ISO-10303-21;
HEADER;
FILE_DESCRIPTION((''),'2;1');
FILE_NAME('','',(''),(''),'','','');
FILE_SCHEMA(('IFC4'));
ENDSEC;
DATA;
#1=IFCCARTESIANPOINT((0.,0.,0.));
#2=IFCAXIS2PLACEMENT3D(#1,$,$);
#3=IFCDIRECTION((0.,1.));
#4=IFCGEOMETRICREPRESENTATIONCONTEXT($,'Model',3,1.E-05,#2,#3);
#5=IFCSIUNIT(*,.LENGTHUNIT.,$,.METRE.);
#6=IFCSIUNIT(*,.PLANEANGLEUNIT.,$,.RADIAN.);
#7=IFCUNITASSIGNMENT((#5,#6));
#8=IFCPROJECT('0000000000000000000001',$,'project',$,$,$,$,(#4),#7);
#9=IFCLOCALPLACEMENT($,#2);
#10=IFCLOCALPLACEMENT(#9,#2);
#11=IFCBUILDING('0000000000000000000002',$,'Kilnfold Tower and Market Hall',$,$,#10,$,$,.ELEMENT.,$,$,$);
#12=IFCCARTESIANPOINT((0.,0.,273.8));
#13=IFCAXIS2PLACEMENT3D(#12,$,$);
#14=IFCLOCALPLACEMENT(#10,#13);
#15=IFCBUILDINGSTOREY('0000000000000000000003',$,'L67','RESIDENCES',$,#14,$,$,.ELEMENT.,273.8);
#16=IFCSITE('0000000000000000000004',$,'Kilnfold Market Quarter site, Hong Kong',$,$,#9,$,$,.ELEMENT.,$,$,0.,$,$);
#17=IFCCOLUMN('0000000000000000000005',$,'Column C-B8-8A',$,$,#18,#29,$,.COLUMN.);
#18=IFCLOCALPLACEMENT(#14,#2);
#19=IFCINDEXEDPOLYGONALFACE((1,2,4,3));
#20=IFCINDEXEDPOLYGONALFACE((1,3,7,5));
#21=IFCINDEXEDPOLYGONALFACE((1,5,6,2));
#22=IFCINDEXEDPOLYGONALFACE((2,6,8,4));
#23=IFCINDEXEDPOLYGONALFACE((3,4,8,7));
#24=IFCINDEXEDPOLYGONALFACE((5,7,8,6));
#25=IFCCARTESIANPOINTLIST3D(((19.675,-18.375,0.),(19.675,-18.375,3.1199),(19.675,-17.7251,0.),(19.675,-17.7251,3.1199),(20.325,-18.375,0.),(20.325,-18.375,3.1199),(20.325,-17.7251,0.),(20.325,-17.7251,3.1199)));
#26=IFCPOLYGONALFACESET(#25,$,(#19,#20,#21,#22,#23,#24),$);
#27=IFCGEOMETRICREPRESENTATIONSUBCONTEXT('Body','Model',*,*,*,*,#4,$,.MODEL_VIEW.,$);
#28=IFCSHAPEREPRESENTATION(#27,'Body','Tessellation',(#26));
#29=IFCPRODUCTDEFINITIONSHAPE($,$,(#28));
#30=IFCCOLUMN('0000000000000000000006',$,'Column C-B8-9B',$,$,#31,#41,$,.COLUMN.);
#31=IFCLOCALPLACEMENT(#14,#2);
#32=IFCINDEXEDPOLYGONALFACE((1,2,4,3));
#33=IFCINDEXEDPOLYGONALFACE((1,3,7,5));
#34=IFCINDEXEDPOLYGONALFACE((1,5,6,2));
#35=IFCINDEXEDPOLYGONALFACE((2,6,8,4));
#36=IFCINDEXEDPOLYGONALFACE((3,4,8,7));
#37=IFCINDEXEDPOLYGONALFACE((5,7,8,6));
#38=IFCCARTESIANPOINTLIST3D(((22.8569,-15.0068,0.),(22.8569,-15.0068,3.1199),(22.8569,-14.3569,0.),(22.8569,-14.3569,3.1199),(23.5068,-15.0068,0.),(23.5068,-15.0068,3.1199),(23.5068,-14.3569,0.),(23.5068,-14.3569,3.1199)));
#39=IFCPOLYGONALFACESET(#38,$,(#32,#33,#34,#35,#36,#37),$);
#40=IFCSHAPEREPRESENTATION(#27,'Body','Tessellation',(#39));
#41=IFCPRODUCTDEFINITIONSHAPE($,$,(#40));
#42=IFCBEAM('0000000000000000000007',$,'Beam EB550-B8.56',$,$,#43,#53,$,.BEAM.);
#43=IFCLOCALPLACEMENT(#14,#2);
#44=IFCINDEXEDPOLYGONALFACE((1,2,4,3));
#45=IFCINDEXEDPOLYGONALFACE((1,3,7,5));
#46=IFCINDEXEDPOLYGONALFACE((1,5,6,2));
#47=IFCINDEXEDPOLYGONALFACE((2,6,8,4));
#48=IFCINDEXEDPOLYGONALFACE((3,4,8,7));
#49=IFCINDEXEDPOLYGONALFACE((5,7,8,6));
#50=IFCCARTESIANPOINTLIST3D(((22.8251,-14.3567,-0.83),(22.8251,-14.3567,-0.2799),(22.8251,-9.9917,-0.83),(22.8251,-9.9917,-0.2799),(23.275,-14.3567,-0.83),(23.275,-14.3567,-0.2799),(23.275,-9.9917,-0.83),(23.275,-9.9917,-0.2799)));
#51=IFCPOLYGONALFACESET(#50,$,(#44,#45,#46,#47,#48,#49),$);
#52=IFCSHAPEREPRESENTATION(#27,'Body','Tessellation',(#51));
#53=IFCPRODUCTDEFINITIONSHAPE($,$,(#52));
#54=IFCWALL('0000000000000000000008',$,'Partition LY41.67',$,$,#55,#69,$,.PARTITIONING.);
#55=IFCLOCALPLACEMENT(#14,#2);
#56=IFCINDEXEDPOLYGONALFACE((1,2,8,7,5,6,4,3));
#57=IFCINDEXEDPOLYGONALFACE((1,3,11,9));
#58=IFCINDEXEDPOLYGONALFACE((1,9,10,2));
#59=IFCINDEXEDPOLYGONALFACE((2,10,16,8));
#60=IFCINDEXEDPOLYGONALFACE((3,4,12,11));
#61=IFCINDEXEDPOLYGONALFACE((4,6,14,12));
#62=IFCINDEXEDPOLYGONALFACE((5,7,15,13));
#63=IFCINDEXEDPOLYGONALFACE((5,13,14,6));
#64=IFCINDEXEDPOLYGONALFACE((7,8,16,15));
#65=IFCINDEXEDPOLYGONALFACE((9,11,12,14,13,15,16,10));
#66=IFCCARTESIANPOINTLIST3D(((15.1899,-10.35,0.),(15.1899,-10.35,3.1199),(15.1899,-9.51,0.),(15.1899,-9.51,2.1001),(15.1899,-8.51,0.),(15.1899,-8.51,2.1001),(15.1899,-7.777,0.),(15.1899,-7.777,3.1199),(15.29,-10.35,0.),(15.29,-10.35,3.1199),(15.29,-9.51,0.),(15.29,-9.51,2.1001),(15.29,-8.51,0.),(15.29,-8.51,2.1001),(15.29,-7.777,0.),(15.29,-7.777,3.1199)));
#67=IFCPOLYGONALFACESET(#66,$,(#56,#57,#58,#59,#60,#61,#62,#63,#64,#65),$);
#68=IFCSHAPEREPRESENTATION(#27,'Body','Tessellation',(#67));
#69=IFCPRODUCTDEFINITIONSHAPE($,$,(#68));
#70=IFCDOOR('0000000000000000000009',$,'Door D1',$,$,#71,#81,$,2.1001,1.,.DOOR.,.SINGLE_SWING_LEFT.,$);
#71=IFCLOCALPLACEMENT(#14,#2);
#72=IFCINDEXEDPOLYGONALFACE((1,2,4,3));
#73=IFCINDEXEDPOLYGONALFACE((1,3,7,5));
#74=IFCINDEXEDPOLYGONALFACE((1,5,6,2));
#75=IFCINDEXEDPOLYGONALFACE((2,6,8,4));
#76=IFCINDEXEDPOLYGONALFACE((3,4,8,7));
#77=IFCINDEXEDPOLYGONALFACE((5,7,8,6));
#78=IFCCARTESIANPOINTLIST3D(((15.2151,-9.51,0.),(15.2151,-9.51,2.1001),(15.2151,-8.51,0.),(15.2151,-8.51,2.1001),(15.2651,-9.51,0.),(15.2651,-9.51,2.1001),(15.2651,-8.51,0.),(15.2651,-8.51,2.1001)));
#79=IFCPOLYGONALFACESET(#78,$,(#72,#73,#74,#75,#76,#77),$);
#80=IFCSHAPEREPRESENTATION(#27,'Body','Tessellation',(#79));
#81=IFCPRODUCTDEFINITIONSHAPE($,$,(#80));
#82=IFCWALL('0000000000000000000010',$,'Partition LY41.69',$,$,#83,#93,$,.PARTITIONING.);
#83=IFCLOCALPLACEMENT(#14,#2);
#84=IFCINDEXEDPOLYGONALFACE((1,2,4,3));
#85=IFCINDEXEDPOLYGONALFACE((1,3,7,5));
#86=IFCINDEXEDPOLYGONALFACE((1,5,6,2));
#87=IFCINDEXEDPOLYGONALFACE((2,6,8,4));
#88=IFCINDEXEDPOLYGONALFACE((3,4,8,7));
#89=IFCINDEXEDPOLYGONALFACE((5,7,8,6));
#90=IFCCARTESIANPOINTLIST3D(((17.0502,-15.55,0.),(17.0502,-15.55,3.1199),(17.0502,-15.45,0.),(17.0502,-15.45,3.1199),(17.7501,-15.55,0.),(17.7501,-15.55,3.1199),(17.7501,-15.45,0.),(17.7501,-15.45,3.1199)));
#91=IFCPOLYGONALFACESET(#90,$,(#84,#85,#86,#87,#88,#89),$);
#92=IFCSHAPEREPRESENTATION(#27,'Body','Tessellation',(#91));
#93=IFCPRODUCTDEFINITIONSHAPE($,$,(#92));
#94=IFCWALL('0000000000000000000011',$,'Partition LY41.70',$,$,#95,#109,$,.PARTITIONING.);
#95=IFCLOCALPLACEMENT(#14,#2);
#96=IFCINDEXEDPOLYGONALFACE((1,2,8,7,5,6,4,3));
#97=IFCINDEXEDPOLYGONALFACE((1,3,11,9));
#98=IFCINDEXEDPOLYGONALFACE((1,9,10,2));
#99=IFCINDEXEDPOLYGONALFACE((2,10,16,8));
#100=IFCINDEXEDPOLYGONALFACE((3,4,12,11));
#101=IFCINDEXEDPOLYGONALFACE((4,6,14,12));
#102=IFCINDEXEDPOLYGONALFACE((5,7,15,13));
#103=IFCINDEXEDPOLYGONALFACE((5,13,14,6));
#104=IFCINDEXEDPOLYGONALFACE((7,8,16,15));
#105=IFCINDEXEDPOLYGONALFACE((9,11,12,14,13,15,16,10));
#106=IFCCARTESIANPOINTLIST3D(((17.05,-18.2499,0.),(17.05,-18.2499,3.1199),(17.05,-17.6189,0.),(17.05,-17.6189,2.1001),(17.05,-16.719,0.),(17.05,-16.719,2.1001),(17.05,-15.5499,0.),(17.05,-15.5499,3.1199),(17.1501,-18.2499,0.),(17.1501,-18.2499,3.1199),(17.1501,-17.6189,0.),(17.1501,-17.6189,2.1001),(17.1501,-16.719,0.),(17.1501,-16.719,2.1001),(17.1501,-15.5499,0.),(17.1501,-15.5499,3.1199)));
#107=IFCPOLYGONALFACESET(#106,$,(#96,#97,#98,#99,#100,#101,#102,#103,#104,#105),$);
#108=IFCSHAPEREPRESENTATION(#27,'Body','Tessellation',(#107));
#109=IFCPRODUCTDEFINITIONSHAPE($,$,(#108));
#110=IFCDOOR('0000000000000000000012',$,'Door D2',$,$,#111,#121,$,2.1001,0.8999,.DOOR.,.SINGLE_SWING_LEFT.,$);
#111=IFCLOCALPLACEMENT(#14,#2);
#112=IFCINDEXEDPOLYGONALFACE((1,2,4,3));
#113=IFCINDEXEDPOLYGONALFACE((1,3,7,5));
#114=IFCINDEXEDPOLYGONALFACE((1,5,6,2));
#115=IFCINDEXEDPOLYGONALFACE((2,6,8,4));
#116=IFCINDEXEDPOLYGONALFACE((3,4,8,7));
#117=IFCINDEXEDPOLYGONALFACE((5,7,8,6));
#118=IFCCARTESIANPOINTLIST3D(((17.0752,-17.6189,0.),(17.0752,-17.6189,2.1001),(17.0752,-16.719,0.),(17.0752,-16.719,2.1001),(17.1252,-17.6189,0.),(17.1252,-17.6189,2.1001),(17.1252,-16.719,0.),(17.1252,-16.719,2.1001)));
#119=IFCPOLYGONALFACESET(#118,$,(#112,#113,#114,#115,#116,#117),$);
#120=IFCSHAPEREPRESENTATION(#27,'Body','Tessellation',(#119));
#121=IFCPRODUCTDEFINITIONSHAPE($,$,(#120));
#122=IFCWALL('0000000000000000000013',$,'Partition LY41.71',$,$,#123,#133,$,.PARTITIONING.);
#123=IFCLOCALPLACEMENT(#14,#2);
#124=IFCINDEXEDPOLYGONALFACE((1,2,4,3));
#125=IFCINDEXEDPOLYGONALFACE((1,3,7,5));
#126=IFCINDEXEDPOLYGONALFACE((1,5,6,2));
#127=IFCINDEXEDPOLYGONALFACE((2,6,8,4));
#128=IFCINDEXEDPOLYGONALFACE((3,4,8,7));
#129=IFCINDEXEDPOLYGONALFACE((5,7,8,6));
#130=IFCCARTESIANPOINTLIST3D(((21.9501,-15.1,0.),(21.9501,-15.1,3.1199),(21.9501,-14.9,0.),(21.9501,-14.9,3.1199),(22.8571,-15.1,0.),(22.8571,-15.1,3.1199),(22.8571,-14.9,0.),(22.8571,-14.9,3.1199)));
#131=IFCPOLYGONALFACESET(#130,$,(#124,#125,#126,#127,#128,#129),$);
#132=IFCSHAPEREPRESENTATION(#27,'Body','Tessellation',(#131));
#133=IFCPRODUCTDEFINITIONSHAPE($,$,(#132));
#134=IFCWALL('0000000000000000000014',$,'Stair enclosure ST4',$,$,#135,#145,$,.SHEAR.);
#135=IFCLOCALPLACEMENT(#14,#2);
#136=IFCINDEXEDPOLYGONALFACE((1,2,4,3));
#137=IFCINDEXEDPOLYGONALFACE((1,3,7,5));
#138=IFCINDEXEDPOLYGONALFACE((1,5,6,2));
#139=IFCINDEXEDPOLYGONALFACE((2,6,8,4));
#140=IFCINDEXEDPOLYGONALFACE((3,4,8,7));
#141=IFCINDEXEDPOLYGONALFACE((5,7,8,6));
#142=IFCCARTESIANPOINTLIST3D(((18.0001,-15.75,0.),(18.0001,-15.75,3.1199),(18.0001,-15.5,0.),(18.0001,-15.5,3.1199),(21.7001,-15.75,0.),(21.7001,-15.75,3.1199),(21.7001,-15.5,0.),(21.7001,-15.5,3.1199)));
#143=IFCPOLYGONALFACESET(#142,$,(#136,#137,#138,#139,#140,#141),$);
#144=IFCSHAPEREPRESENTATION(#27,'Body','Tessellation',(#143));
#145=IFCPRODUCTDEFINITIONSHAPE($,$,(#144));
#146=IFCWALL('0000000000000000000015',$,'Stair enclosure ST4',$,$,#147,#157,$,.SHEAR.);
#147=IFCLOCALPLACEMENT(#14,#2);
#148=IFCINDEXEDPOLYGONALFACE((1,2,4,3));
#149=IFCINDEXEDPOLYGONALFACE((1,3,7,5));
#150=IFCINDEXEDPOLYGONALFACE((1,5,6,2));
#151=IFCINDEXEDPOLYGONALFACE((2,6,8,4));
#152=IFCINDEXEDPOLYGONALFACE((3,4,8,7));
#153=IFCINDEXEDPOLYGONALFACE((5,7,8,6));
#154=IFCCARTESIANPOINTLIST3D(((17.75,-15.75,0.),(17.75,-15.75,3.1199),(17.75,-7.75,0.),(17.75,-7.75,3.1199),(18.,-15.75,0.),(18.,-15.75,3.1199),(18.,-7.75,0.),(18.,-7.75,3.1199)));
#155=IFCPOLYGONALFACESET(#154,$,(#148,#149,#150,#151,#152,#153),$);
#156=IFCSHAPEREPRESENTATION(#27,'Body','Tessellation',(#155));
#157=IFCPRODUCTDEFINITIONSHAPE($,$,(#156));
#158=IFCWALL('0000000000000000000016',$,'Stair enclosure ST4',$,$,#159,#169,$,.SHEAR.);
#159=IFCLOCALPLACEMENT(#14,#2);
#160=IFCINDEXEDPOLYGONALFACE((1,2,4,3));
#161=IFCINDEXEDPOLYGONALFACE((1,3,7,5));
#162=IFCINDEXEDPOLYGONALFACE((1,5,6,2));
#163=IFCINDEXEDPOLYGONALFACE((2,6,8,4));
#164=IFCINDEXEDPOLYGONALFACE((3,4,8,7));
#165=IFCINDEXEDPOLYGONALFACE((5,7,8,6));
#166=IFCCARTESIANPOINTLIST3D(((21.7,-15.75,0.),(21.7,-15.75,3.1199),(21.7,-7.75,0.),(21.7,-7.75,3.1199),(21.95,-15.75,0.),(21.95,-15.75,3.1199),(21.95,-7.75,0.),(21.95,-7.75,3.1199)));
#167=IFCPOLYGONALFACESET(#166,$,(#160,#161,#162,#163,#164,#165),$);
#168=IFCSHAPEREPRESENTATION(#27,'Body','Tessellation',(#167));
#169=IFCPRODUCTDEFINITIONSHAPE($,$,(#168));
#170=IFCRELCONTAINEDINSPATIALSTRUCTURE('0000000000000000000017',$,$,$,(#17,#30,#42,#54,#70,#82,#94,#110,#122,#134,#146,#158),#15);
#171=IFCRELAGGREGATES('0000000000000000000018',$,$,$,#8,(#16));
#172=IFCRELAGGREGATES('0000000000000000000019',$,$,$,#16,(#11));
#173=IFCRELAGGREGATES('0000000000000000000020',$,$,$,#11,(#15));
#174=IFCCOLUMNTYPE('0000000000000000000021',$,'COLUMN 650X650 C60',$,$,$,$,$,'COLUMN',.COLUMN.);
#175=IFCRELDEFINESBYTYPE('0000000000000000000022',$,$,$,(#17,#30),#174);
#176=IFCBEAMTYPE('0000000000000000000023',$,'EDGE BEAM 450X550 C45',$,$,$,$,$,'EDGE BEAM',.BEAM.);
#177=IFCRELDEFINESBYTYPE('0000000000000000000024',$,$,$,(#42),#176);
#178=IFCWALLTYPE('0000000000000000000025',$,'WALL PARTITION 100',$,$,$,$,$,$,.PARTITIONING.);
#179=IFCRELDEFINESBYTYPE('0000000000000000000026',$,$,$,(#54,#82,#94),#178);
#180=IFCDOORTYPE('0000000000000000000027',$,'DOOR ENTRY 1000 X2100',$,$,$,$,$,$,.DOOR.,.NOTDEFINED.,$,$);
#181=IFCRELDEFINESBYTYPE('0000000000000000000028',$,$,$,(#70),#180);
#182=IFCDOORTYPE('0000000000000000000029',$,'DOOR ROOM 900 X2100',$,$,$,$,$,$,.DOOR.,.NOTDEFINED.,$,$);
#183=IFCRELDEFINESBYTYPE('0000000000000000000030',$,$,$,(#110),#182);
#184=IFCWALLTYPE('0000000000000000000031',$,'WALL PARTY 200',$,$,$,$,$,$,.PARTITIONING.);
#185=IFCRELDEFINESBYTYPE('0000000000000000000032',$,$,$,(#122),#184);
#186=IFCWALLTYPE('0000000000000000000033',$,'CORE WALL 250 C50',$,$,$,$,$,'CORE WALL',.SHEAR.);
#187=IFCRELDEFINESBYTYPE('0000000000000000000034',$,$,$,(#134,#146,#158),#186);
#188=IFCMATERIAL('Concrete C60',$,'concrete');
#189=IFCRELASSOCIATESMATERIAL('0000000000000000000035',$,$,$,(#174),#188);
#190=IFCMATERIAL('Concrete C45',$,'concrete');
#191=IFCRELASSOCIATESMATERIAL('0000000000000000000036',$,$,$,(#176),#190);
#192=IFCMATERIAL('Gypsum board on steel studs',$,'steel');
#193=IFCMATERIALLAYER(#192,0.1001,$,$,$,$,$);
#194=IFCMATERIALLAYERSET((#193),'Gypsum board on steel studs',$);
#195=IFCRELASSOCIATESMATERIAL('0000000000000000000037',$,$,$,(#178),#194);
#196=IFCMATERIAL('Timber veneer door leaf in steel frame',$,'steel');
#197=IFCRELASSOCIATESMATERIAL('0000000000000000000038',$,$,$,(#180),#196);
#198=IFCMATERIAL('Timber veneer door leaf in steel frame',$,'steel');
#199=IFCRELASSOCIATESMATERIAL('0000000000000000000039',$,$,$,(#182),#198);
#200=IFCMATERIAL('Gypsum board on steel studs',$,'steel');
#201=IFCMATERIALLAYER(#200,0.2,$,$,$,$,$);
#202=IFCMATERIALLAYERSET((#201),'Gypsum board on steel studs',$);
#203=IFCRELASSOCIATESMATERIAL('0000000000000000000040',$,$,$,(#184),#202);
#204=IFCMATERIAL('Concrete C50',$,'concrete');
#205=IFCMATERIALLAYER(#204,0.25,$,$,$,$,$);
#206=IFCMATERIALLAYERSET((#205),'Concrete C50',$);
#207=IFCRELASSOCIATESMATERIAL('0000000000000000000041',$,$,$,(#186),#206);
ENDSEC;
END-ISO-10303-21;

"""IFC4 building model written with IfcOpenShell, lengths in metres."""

from ifc_helpers import new_model, si_unit, direction, frame, frame_2d, origin, origin_2d, place, context, subcontext, project, spatial, rectangle, extrude, source, transform, mapped, material, layer, layer_set, material_profile, profile_set, type_object, element, fill, save


model = new_model("IFC4")

# Units and contexts
model_context = context("Model", 3, precision=1e-05, world=origin(), true_north=direction((0.0, 1.0)))
body_context = subcontext(model_context, "Body", "Model", "MODEL_VIEW")
ifc_project = project(units=[si_unit("LENGTHUNIT", "METRE"), si_unit("PLANEANGLEUNIT", "RADIAN")], contexts=[model_context])

# Site, building, storey
site_placement = place(None, origin())
site = spatial("IfcSite", under=ifc_project, at=site_placement, Name="Kilnfold Market Quarter site, Hong Kong", CompositionType="ELEMENT", RefElevation=0.0)
building_placement = place(site_placement, origin())
building = spatial("IfcBuilding", under=site, at=building_placement, Name="Kilnfold Tower and Market Hall", CompositionType="ELEMENT")
storey_placement = place(building_placement, frame((0.0, 0.0, 273.8)))
storey = spatial("IfcBuildingStorey", under=building, at=storey_placement, Name="L67", Description="RESIDENCES", CompositionType="ELEMENT", Elevation=273.8)

# Columns
ifc_material_1 = material(Name="Concrete C60", Category="concrete")
ifc_material_profile_1 = material_profile(ifc_material_1, rectangle(XDim=0.6499, YDim=0.6499, at=origin_2d()), Name="RC 650x650")
ifc_profile_set_1 = profile_set([ifc_material_profile_1], Name="Concrete C60")
column_type = type_object("IfcColumnType", Name="COLUMN 650X650 C60", ElementType="COLUMN", PredefinedType="COLUMN", material=ifc_profile_set_1)
shared_shape_1 = source(origin(), body_context, "Body", "SweptSolid", [
    extrude(rectangle(XDim=0.6499, YDim=0.6499, at=origin_2d()), origin(), (0.0, 0.0, 1.0), 3.1199),
])
for number, where, z_axis, x_axis, name in (
    (1, (20.0, -18.05, 0.0), (0.0, 0.0, 1.0), (1.0, 0.0, 0.0), "Column C-B8-8A"),
    (2, (23.1819, -14.6819, 0.0), (0.0, 0.0, 1.0), (1.0, 0.0, 0.0), "Column C-B8-9B"),
):
    element("IfcColumn", number, at=place(storey_placement, frame(where, z_axis=z_axis, x_axis=x_axis)), inside=storey, type_object=column_type, Name=name, PredefinedType="COLUMN", context=body_context, shape_type="MappedRepresentation", body=[
        mapped(shared_shape_1, transform((0.0, 0.0, 0.0))),
    ])

# Beam
ifc_material_2 = material(Name="Concrete C45", Category="concrete")
ifc_material_profile_2 = material_profile(ifc_material_2, rectangle(XDim=0.45, YDim=0.55, at=origin_2d()), Name="RC 450x550")
ifc_profile_set_2 = profile_set([ifc_material_profile_2], Name="Concrete C45")
beam_type = type_object("IfcBeamType", Name="EDGE BEAM 450X550 C45", ElementType="EDGE BEAM", PredefinedType="BEAM", material=ifc_profile_set_2)
shared_shape_2 = source(origin(), body_context, "Body", "SweptSolid", [
    extrude(rectangle(XDim=0.45, YDim=0.55, at=origin_2d()), origin(), (0.0, 0.0, 1.0), 4.365),
])
beam_placement = place(storey_placement, frame((23.05, -14.3567, -0.5549), z_axis=(0.0, 1.0, 0.0), x_axis=(-1.0, 0.0, 0.0)))
element("IfcBeam", 3, at=beam_placement, inside=storey, type_object=beam_type, Name="Beam EB550-B8.56", PredefinedType="BEAM", context=body_context, shape_type="MappedRepresentation", body=[
    mapped(shared_shape_2, transform((0.0, 0.0, 0.0))),
])

# Wall, opening, door
ifc_material_3 = material(Name="Gypsum board on steel studs", Category="steel")
ifc_layer_1 = layer(ifc_material_3, 0.1001)
ifc_layer_set_1 = layer_set([ifc_layer_1], Name="Gypsum board on steel studs")
wall_type_1 = type_object("IfcWallType", Name="WALL PARTITION 100", PredefinedType="PARTITIONING", material=ifc_layer_set_1)
wall_1_placement = place(storey_placement, frame((15.24, -10.3501, 0.0), z_axis=(0.0, 0.0, 1.0), x_axis=(0.0, 1.0, 0.0)))
wall_1 = element("IfcWall", 4, at=wall_1_placement, inside=storey, type_object=wall_type_1, Name="Partition LY41.67", PredefinedType="PARTITIONING", context=body_context, shape_type="SweptSolid", body=[
    extrude(rectangle(XDim=2.573, YDim=0.1001, at=frame_2d((1.2866, 0.0))), origin(), (0.0, 0.0, 1.0), 3.1199),
])
opening_1_placement = place(wall_1_placement, frame((0.8401, 0.0, 0.0)))
opening_1 = element("IfcOpeningElement", 5, at=opening_1_placement, cuts=wall_1, PredefinedType="OPENING", context=body_context, shape_type="SweptSolid", body=[
    extrude(rectangle(XDim=1.0, YDim=2.1001, at=frame_2d((0.5, 1.05))), frame((0.0, 0.0601, 0.0), z_axis=(0.0, -1.0, 0.0), x_axis=(1.0, 0.0, 0.0)), (0.0, 0.0, 1.0), 0.1201),
])
ifc_material_4 = material(Name="Timber veneer door leaf in steel frame", Category="steel")
door_type_1 = type_object("IfcDoorType", Name="DOOR ENTRY 1000 X2100", OperationType="NOTDEFINED", PredefinedType="DOOR", material=ifc_material_4)
door_1_placement = place(opening_1_placement, origin())
door_1 = element("IfcDoor", 6, at=door_1_placement, inside=storey, type_object=door_type_1, Name="Door D1", OperationType="SINGLE_SWING_LEFT", OverallHeight=2.1001, OverallWidth=1.0, PredefinedType="DOOR", context=body_context, shape_type="SweptSolid", body=[
    extrude(rectangle(XDim=1.0, YDim=2.1001, at=frame_2d((0.5, 1.05))), frame((0.0, 0.0249, 0.0), z_axis=(0.0, -1.0, 0.0), x_axis=(1.0, 0.0, 0.0)), (0.0, 0.0, 1.0), 0.05),
])
fill(opening_1, door_1)

# Wall
wall_2_placement = place(storey_placement, frame((17.05, -15.5, 0.0), z_axis=(0.0, 0.0, 1.0), x_axis=(1.0, 0.0, 0.0)))
element("IfcWall", 7, at=wall_2_placement, inside=storey, type_object=wall_type_1, Name="Partition LY41.69", PredefinedType="PARTITIONING", context=body_context, shape_type="SweptSolid", body=[
    extrude(rectangle(XDim=0.7, YDim=0.1001, at=frame_2d((0.3501, 0.0))), origin(), (0.0, 0.0, 1.0), 3.1199),
])

# Wall, opening, door
wall_3_placement = place(storey_placement, frame((17.1001, -18.25, 0.0), z_axis=(0.0, 0.0, 1.0), x_axis=(0.0, 1.0, 0.0)))
wall_3 = element("IfcWall", 8, at=wall_3_placement, inside=storey, type_object=wall_type_1, Name="Partition LY41.70", PredefinedType="PARTITIONING", context=body_context, shape_type="SweptSolid", body=[
    extrude(rectangle(XDim=2.7, YDim=0.1001, at=frame_2d((1.3501, 0.0))), origin(), (0.0, 0.0, 1.0), 3.1199),
])
opening_2_placement = place(wall_3_placement, frame((0.6311, 0.0, 0.0)))
opening_2 = element("IfcOpeningElement", 9, at=opening_2_placement, cuts=wall_3, PredefinedType="OPENING", context=body_context, shape_type="SweptSolid", body=[
    extrude(rectangle(XDim=0.8999, YDim=2.1001, at=frame_2d((0.45, 1.05))), frame((0.0, 0.0601, 0.0), z_axis=(0.0, -1.0, 0.0), x_axis=(1.0, 0.0, 0.0)), (0.0, 0.0, 1.0), 0.1201),
])
ifc_material_5 = material(Name="Timber veneer door leaf in steel frame", Category="steel")
door_type_2 = type_object("IfcDoorType", Name="DOOR ROOM 900 X2100", OperationType="NOTDEFINED", PredefinedType="DOOR", material=ifc_material_5)
door_2_placement = place(opening_2_placement, origin())
door_2 = element("IfcDoor", 10, at=door_2_placement, inside=storey, type_object=door_type_2, Name="Door D2", OperationType="SINGLE_SWING_LEFT", OverallHeight=2.1001, OverallWidth=0.8999, PredefinedType="DOOR", context=body_context, shape_type="SweptSolid", body=[
    extrude(rectangle(XDim=0.8999, YDim=2.1001, at=frame_2d((0.45, 1.05))), frame((0.0, 0.0249, 0.0), z_axis=(0.0, -1.0, 0.0), x_axis=(1.0, 0.0, 0.0)), (0.0, 0.0, 1.0), 0.05),
])
fill(opening_2, door_2)

# Walls
ifc_material_6 = material(Name="Gypsum board on steel studs", Category="steel")
ifc_layer_2 = layer(ifc_material_6, 0.2)
ifc_layer_set_2 = layer_set([ifc_layer_2], Name="Gypsum board on steel studs")
wall_type_2 = type_object("IfcWallType", Name="WALL PARTY 200", PredefinedType="PARTITIONING", material=ifc_layer_set_2)
wall_4_placement = place(storey_placement, frame((21.95, -15.0, 0.0), z_axis=(0.0, 0.0, 1.0), x_axis=(1.0, 0.0, 0.0)))
element("IfcWall", 11, at=wall_4_placement, inside=storey, type_object=wall_type_2, Name="Partition LY41.71", PredefinedType="PARTITIONING", context=body_context, shape_type="SweptSolid", body=[
    extrude(rectangle(XDim=0.907, YDim=0.2, at=frame_2d((0.4536, 0.0))), origin(), (0.0, 0.0, 1.0), 3.1199),
])
ifc_material_7 = material(Name="Concrete C50", Category="concrete")
ifc_layer_3 = layer(ifc_material_7, 0.25)
ifc_layer_set_3 = layer_set([ifc_layer_3], Name="Concrete C50")
wall_type_3 = type_object("IfcWallType", Name="CORE WALL 250 C50", ElementType="CORE WALL", PredefinedType="SHEAR", material=ifc_layer_set_3)
shared_shape_3 = source(origin(), body_context, "Body", "SweptSolid", [
    extrude(rectangle(XDim=3.7, YDim=0.25, at=frame_2d((1.8501, 0.0))), origin(), (0.0, 0.0, 1.0), 3.1199),
])
wall_5_placement = place(storey_placement, frame((18.0, -15.625, 0.0), z_axis=(0.0, 0.0, 1.0), x_axis=(1.0, 0.0, 0.0)))
element("IfcWall", 12, at=wall_5_placement, inside=storey, type_object=wall_type_3, Name="Stair enclosure ST4", PredefinedType="SHEAR", context=body_context, shape_type="MappedRepresentation", body=[
    mapped(shared_shape_3, transform((0.0, 0.0, 0.0))),
])
shared_shape_4 = source(origin(), body_context, "Body", "SweptSolid", [
    extrude(rectangle(XDim=8.0, YDim=0.25, at=frame_2d((4.0, 0.0))), origin(), (0.0, 0.0, 1.0), 3.1199),
])
for number, where, z_axis, x_axis, name in (
    (13, (17.875, -15.75, 0.0), (0.0, 0.0, 1.0), (0.0, 1.0, 0.0), "Stair enclosure ST4"),
    (14, (21.825, -15.75, 0.0), (0.0, 0.0, 1.0), (0.0, 1.0, 0.0), "Stair enclosure ST4"),
):
    element("IfcWall", number, at=place(storey_placement, frame(where, z_axis=z_axis, x_axis=x_axis)), inside=storey, type_object=wall_type_3, Name=name, PredefinedType="SHEAR", context=body_context, shape_type="MappedRepresentation", body=[
        mapped(shared_shape_4, transform((0.0, 0.0, 0.0))),
    ])

save(model, "model.ifc")
